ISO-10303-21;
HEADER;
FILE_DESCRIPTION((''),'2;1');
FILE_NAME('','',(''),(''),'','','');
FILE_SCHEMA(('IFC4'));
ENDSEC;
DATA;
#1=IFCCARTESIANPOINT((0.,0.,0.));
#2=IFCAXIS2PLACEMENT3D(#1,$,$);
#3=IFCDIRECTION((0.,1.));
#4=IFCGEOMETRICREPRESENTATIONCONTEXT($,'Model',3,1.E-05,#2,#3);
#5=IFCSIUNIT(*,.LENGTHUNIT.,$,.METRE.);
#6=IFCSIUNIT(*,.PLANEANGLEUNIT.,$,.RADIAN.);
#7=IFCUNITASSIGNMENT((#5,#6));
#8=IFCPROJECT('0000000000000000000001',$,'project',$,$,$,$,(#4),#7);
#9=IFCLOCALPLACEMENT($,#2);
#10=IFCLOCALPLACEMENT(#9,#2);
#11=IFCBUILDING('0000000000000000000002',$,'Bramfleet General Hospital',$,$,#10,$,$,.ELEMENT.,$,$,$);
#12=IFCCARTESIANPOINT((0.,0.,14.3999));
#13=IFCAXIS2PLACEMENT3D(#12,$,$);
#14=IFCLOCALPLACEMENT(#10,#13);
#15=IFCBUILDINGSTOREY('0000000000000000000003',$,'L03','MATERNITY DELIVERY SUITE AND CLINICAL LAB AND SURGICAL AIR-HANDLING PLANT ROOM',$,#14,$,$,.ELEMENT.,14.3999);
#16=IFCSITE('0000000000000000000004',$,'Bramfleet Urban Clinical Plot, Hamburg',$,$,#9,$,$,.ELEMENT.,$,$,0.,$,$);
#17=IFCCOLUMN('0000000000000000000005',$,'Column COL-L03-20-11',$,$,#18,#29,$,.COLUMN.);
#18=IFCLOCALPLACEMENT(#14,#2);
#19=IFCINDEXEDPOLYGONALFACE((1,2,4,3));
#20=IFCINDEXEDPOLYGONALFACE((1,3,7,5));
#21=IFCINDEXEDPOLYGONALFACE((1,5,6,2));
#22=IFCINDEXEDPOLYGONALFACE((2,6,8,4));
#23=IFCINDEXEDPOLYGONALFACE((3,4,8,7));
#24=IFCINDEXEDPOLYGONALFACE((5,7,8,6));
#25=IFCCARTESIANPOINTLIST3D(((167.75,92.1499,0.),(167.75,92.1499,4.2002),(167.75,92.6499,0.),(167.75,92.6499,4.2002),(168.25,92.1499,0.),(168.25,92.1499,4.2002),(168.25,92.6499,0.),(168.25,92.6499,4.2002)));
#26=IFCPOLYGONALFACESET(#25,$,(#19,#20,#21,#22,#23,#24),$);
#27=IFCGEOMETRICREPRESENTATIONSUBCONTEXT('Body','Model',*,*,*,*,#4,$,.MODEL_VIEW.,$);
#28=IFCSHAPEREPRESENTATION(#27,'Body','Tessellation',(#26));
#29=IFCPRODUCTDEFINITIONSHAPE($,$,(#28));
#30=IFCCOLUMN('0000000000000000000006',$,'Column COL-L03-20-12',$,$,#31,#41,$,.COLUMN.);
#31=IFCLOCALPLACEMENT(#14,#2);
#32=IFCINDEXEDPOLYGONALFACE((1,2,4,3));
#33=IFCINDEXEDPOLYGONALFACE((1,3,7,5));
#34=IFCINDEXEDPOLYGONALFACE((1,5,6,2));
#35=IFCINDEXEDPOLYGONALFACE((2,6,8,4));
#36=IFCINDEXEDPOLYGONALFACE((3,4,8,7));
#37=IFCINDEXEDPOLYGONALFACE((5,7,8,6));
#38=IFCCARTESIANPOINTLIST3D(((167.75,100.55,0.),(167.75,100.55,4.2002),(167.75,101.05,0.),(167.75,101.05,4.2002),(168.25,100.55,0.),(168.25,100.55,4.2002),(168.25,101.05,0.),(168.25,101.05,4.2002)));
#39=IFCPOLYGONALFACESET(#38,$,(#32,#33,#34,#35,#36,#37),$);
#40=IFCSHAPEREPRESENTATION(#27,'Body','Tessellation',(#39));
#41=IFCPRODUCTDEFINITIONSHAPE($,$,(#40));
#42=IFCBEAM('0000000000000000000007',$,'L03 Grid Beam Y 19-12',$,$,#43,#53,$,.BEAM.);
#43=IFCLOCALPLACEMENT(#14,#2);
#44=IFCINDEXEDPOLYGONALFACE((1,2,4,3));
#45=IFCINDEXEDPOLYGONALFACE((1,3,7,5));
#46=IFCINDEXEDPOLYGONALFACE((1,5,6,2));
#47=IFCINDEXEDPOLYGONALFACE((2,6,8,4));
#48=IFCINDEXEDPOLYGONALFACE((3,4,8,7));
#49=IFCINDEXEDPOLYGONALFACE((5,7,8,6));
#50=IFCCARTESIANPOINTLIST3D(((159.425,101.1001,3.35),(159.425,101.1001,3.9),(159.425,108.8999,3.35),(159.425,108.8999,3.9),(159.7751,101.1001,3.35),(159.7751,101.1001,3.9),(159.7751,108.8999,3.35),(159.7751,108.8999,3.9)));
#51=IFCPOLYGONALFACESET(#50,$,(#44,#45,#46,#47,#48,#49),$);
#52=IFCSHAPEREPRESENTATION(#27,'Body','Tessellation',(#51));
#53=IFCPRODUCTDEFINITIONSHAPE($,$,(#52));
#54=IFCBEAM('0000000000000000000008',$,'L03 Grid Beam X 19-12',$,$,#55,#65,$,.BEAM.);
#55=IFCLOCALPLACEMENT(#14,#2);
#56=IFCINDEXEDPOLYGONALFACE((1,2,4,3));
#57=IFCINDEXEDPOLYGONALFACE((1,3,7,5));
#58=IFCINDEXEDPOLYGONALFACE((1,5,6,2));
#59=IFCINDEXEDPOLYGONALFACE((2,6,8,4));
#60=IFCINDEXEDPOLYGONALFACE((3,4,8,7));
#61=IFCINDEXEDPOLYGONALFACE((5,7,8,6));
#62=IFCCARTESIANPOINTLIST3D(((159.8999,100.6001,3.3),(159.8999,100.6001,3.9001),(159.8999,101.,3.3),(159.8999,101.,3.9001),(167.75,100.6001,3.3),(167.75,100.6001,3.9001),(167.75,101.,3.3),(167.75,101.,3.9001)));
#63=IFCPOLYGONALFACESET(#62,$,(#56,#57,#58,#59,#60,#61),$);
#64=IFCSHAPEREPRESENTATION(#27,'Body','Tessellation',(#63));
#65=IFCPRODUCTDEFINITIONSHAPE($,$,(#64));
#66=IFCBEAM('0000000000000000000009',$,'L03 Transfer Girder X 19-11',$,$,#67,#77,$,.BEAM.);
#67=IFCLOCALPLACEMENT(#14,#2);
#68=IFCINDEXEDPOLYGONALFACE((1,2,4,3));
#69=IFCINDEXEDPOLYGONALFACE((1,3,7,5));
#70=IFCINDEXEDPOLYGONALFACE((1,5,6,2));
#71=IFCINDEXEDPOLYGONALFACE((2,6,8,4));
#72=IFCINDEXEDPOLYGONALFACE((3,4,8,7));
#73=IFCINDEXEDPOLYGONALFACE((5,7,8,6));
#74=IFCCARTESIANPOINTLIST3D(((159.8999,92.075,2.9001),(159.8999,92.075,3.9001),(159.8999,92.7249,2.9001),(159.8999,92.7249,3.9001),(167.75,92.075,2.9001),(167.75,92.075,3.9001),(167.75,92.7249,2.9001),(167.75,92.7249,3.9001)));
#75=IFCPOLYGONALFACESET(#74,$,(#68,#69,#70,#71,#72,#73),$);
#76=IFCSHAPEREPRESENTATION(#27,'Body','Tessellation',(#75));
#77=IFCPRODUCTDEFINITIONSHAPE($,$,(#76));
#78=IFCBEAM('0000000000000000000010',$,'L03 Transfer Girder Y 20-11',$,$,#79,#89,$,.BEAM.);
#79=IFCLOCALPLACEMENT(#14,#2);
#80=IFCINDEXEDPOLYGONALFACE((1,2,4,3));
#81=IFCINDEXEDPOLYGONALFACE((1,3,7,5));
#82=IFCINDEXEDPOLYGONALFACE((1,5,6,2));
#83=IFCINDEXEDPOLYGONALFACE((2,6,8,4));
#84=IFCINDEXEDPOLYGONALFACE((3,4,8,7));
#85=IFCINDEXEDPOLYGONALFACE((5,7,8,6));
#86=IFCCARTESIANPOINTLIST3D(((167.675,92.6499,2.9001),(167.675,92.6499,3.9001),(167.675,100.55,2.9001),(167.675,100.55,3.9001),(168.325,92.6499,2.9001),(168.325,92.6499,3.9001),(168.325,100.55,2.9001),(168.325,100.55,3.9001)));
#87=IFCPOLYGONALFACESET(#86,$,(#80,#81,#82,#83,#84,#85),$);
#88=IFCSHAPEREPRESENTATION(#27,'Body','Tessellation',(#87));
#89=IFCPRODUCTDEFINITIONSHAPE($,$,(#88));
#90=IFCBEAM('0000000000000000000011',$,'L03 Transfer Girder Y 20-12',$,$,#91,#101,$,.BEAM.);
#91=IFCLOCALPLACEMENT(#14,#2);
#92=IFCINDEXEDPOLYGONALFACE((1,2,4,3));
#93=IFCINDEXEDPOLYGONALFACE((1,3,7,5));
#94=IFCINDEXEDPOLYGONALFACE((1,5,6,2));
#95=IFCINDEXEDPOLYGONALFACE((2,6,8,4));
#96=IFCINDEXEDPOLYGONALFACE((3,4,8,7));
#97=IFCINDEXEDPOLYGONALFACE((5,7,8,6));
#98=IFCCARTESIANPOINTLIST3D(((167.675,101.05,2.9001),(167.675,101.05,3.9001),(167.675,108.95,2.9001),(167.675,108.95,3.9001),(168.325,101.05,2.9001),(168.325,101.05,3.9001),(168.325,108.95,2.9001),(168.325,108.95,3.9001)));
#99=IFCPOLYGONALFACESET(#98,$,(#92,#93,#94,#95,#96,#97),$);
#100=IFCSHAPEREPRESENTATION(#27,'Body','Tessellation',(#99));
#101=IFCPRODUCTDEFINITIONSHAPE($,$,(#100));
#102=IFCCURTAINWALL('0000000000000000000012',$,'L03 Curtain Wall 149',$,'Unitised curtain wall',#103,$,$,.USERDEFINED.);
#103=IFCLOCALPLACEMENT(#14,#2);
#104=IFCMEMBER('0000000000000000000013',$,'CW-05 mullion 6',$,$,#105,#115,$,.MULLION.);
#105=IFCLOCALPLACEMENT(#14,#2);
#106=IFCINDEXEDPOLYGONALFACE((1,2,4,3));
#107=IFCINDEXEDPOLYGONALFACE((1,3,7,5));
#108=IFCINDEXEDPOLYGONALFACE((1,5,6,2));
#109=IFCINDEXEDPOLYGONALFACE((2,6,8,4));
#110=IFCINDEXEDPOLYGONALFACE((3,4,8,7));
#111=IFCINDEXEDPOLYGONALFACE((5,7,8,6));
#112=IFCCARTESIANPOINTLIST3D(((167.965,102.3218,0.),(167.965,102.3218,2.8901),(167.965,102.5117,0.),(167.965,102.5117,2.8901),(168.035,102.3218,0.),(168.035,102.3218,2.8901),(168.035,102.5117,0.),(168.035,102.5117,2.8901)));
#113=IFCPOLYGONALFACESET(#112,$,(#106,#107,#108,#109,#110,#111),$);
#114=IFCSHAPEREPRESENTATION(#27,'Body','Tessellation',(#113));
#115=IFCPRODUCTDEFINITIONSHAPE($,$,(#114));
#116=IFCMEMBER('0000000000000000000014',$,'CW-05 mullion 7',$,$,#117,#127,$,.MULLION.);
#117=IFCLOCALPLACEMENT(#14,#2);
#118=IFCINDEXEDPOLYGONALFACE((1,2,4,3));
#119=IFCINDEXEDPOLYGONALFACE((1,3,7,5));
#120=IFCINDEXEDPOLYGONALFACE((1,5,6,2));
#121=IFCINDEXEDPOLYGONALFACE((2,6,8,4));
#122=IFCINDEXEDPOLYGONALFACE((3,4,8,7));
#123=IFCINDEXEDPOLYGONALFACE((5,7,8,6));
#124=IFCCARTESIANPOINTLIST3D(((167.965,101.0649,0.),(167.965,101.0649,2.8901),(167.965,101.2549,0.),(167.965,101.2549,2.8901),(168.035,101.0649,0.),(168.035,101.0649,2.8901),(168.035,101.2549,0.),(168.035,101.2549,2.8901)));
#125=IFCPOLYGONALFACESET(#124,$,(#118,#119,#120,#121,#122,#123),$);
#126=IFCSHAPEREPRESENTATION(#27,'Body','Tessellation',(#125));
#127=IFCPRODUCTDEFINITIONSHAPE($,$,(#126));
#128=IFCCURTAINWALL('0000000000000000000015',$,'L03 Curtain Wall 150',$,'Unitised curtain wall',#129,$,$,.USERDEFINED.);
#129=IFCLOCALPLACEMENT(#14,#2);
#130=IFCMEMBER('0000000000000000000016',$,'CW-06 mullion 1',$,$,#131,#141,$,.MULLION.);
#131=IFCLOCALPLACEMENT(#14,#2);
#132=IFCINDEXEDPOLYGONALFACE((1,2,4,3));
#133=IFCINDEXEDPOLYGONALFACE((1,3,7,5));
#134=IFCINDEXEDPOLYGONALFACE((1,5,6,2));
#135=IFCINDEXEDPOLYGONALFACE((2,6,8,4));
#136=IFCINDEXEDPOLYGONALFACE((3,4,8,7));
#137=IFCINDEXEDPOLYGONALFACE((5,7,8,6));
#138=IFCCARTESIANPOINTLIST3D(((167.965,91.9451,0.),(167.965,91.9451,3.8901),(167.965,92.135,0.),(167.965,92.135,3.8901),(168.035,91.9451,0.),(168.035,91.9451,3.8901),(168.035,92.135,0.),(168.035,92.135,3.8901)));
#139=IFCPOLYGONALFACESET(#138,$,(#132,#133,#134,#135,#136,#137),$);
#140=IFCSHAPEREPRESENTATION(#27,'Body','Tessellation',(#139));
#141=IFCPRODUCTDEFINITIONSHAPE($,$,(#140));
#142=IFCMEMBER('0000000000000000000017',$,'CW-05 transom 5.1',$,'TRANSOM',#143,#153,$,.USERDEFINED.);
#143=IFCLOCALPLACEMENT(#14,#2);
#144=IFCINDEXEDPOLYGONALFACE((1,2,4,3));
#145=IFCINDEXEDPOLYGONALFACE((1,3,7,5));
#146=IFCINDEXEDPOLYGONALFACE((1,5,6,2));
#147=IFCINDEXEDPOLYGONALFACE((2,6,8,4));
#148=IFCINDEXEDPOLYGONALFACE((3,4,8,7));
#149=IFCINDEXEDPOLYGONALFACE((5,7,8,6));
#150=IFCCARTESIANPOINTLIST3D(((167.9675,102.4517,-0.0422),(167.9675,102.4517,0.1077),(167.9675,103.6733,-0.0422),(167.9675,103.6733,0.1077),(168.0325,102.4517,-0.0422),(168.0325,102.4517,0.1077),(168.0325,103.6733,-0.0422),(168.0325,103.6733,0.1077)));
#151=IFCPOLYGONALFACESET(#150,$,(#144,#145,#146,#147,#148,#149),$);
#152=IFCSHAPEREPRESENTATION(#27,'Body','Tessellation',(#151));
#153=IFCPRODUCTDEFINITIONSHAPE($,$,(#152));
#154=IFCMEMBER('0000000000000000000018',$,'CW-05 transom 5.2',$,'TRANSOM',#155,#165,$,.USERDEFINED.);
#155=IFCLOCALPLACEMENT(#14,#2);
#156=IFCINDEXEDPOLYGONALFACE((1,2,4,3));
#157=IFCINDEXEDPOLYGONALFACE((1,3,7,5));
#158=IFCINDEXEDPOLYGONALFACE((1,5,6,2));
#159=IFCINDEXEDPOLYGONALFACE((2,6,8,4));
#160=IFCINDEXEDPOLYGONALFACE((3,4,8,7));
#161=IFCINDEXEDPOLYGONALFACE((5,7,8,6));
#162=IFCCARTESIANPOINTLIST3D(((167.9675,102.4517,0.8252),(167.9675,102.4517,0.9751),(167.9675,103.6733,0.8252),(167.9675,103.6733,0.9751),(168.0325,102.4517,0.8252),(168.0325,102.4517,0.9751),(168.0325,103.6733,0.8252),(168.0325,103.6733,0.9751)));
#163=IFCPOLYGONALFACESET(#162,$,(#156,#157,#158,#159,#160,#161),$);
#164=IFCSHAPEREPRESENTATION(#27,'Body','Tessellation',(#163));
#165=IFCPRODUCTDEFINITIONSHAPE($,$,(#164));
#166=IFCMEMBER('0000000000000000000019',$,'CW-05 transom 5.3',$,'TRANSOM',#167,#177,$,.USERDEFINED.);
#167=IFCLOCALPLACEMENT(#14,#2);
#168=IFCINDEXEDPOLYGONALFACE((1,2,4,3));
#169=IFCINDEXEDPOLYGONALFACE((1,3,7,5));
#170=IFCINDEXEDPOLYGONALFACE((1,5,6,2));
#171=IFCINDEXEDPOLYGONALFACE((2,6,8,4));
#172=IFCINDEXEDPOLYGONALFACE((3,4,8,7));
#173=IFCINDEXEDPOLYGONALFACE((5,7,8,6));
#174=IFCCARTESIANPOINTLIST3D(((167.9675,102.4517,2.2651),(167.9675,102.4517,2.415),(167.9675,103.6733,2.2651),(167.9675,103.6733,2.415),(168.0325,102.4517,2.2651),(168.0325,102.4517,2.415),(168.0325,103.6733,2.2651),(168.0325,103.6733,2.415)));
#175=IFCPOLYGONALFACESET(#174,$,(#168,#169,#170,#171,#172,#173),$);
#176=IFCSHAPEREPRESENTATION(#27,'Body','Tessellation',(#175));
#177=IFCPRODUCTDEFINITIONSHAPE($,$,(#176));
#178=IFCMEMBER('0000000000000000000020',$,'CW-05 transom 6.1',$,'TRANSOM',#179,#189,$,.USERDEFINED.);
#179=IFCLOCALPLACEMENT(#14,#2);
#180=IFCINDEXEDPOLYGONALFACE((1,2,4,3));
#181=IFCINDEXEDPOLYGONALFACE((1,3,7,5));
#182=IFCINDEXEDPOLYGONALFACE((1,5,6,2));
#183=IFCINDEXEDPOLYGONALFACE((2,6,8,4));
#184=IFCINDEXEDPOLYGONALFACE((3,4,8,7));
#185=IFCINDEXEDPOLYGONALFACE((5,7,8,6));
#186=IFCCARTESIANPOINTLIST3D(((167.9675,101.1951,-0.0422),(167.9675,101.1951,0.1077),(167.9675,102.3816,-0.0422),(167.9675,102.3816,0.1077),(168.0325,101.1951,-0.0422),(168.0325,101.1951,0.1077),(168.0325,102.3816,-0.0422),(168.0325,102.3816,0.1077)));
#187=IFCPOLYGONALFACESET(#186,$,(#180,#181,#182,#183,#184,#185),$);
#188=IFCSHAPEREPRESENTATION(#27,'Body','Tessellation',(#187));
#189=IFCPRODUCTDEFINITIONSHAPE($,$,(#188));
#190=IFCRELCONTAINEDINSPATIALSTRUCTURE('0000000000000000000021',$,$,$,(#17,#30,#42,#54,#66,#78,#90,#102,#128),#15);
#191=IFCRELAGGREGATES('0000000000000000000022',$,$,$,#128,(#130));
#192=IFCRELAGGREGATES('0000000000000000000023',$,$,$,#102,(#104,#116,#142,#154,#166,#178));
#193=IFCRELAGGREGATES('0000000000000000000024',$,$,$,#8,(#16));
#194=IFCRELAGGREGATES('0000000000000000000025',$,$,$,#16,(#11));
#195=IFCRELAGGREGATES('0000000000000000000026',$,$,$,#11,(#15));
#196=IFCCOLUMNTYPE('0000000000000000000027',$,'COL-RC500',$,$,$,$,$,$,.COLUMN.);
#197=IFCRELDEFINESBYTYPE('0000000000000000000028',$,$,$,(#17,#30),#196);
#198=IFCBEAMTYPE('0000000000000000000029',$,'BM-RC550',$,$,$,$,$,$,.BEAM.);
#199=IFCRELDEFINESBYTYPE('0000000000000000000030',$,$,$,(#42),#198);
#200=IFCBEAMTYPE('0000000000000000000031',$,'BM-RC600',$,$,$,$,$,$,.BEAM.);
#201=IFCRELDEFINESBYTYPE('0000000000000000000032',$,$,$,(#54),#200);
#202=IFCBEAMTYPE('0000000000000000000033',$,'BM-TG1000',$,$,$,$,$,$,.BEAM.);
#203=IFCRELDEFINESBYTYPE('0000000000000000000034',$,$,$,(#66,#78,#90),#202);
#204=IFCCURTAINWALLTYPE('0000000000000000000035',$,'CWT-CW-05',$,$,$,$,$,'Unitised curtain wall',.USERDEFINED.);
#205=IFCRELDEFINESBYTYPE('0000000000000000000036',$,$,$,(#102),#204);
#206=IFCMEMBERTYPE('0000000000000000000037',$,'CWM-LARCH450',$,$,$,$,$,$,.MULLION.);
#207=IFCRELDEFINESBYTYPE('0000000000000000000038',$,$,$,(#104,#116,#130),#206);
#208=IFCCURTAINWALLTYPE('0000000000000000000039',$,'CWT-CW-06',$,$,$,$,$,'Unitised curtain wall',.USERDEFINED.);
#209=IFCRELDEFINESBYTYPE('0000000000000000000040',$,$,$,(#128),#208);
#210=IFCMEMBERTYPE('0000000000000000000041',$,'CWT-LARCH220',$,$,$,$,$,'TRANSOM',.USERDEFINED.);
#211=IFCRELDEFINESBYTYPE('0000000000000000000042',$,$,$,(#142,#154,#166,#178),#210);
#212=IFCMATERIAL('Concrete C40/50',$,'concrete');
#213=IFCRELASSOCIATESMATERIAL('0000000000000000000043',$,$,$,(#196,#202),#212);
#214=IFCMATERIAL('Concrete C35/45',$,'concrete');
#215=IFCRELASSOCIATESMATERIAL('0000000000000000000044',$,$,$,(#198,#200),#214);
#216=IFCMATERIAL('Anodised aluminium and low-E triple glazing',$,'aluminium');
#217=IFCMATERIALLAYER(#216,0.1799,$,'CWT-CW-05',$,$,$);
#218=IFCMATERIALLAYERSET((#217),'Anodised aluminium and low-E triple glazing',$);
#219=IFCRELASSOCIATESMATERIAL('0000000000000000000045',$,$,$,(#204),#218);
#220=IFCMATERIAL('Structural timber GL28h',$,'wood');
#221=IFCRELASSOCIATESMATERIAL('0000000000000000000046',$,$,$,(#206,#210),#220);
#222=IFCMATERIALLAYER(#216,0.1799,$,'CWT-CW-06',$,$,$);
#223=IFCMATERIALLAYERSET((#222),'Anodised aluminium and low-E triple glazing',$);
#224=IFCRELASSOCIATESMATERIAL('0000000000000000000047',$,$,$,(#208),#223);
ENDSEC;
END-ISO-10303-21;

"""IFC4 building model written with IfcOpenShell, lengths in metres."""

from ifc_helpers import new_model, si_unit, direction, frame, origin, origin_2d, place, context, subcontext, project, spatial, rectangle, extrude, material, layer, layer_set, material_profile, profile_set, type_object, element, aggregate, save


model = new_model("IFC4")

# Units and contexts
model_context = context("Model", 3, precision=1e-05, world=origin(), true_north=direction((0.0, 1.0)))
body_context = subcontext(model_context, "Body", "Model", "MODEL_VIEW")
ifc_project = project(units=[si_unit("LENGTHUNIT", "METRE"), si_unit("PLANEANGLEUNIT", "RADIAN")], contexts=[model_context])

# Site, building, storey
site_placement = place(None, origin())
site = spatial("IfcSite", under=ifc_project, at=site_placement, Name="Bramfleet Urban Clinical Plot, Hamburg", CompositionType="ELEMENT", RefElevation=0.0)
building_placement = place(site_placement, origin())
building = spatial("IfcBuilding", under=site, at=building_placement, Name="Bramfleet General Hospital", CompositionType="ELEMENT")
storey_placement = place(building_placement, frame((0.0, 0.0, 14.3999)))
storey = spatial("IfcBuildingStorey", under=building, at=storey_placement, Name="L03", Description="MATERNITY DELIVERY SUITE AND CLINICAL LAB AND SURGICAL AIR-HANDLING PLANT ROOM", CompositionType="ELEMENT", Elevation=14.3999)

# Columns
ifc_material_1 = material(Name="Concrete C40/50", Category="concrete")
ifc_material_profile_1 = material_profile(ifc_material_1, rectangle(XDim=0.5, YDim=0.5, at=origin_2d()), Name="RC COL 500x500")
ifc_profile_set_1 = profile_set([ifc_material_profile_1], Name="Concrete C40/50")
column_type = type_object("IfcColumnType", Name="COL-RC500", PredefinedType="COLUMN", material=ifc_profile_set_1)
for number, where, z_axis, x_axis, name in (
    (1, (168.0, 92.3999, 0.0), (0.0, 0.0, 1.0), (1.0, 0.0, 0.0), "Column COL-L03-20-11"),
    (2, (168.0, 100.8, 0.0), (0.0, 0.0, 1.0), (1.0, 0.0, 0.0), "Column COL-L03-20-12"),
):
    element("IfcColumn", number, at=place(storey_placement, frame(where, z_axis=z_axis, x_axis=x_axis)), inside=storey, type_object=column_type, Name=name, PredefinedType="COLUMN", context=body_context, shape_type="SweptSolid", body=[
        extrude(rectangle(XDim=0.5, YDim=0.5, at=origin_2d()), origin(), (0.0, 0.0, 1.0), 4.2002),
    ])

# Beams
ifc_material_2 = material(Name="Concrete C35/45", Category="concrete")
ifc_material_profile_2 = material_profile(ifc_material_2, rectangle(XDim=0.3501, YDim=0.55, at=origin_2d()), Name="RC BM 550x350")
ifc_profile_set_2 = profile_set([ifc_material_profile_2], Name="Concrete C35/45")
beam_type_1 = type_object("IfcBeamType", Name="BM-RC550", PredefinedType="BEAM", material=ifc_profile_set_2)
beam_1_placement = place(storey_placement, frame((159.6001, 101.1001, 3.625), z_axis=(0.0, 1.0, 0.0), x_axis=(-1.0, 0.0, 0.0)))
element("IfcBeam", 3, at=beam_1_placement, inside=storey, type_object=beam_type_1, Name="L03 Grid Beam Y 19-12", PredefinedType="BEAM", context=body_context, shape_type="SweptSolid", body=[
    extrude(rectangle(XDim=0.3501, YDim=0.55, at=origin_2d()), origin(), (0.0, 0.0, 1.0), 7.7998),
])
ifc_material_profile_3 = material_profile(ifc_material_2, rectangle(XDim=0.3999, YDim=0.6001, at=origin_2d()), Name="RC BM 600x400")
ifc_profile_set_3 = profile_set([ifc_material_profile_3], Name="Concrete C35/45")
beam_type_2 = type_object("IfcBeamType", Name="BM-RC600", PredefinedType="BEAM", material=ifc_profile_set_3)
beam_2_placement = place(storey_placement, frame((159.8999, 100.8, 3.6001), z_axis=(1.0, 0.0, 0.0), x_axis=(0.0, 1.0, 0.0)))
element("IfcBeam", 4, at=beam_2_placement, inside=storey, type_object=beam_type_2, Name="L03 Grid Beam X 19-12", PredefinedType="BEAM", context=body_context, shape_type="SweptSolid", body=[
    extrude(rectangle(XDim=0.3999, YDim=0.6001, at=origin_2d()), origin(), (0.0, 0.0, 1.0), 7.8501),
])
ifc_material_profile_4 = material_profile(ifc_material_1, rectangle(XDim=0.6499, YDim=1.0, at=origin_2d()), Name="RC TG 1000x650")
ifc_profile_set_4 = profile_set([ifc_material_profile_4], Name="Concrete C40/50")
beam_type_3 = type_object("IfcBeamType", Name="BM-TG1000", PredefinedType="BEAM", material=ifc_profile_set_4)
beam_3_placement = place(storey_placement, frame((159.8999, 92.3999, 3.4001), z_axis=(1.0, 0.0, 0.0), x_axis=(0.0, 1.0, 0.0)))
element("IfcBeam", 5, at=beam_3_placement, inside=storey, type_object=beam_type_3, Name="L03 Transfer Girder X 19-11", PredefinedType="BEAM", context=body_context, shape_type="SweptSolid", body=[
    extrude(rectangle(XDim=0.6499, YDim=1.0, at=origin_2d()), origin(), (0.0, 0.0, 1.0), 7.8501),
])
beam_4_placement = place(storey_placement, frame((168.0, 92.6499, 3.4001), z_axis=(0.0, 1.0, 0.0), x_axis=(-1.0, 0.0, 0.0)))
element("IfcBeam", 6, at=beam_4_placement, inside=storey, type_object=beam_type_3, Name="L03 Transfer Girder Y 20-11", PredefinedType="BEAM", context=body_context, shape_type="SweptSolid", body=[
    extrude(rectangle(XDim=0.6499, YDim=1.0, at=origin_2d()), origin(), (0.0, 0.0, 1.0), 7.9001),
])
beam_5_placement = place(storey_placement, frame((168.0, 101.05, 3.4001), z_axis=(0.0, 1.0, 0.0), x_axis=(-1.0, 0.0, 0.0)))
element("IfcBeam", 7, at=beam_5_placement, inside=storey, type_object=beam_type_3, Name="L03 Transfer Girder Y 20-12", PredefinedType="BEAM", context=body_context, shape_type="SweptSolid", body=[
    extrude(rectangle(XDim=0.6499, YDim=1.0, at=origin_2d()), origin(), (0.0, 0.0, 1.0), 7.8999),
])

# Curtain wall, members
ifc_material_3 = material(Name="Anodised aluminium and low-E triple glazing", Category="aluminium")
ifc_layer_1 = layer(ifc_material_3, 0.1799, Name="CWT-CW-05")
ifc_layer_set_1 = layer_set([ifc_layer_1], Name="Anodised aluminium and low-E triple glazing")
curtain_wall_type_1 = type_object("IfcCurtainWallType", Name="CWT-CW-05", ElementType="Unitised curtain wall", PredefinedType="USERDEFINED", material=ifc_layer_set_1)
curtain_wall_1_placement = place(storey_placement, origin())
curtain_wall_1 = element("IfcCurtainWall", 8, at=curtain_wall_1_placement, inside=storey, type_object=curtain_wall_type_1, Name="L03 Curtain Wall 149", ObjectType="Unitised curtain wall", PredefinedType="USERDEFINED")
ifc_material_4 = material(Name="Structural timber GL28h", Category="wood")
ifc_material_profile_5 = material_profile(ifc_material_4, rectangle(XDim=0.0701, YDim=0.1899, at=origin_2d()), Name="LARCH 190x70")
ifc_profile_set_5 = profile_set([ifc_material_profile_5], Name="Structural timber GL28h")
member_type_1 = type_object("IfcMemberType", Name="CWM-LARCH450", PredefinedType="MULLION", material=ifc_profile_set_5)
member_1_placement = place(storey_placement, frame((168.0, 102.4167, 0.0), z_axis=(0.0, 0.0, 1.0), x_axis=(1.0, 0.0, 0.0)))
member_1 = element("IfcMember", 9, at=member_1_placement, type_object=member_type_1, Name="CW-05 mullion 6", PredefinedType="MULLION", context=body_context, shape_type="SweptSolid", body=[
    extrude(rectangle(XDim=0.0701, YDim=0.1899, at=origin_2d()), origin(), (0.0, 0.0, 1.0), 2.8901),
])
member_2_placement = place(storey_placement, frame((168.0, 101.1599, 0.0), z_axis=(0.0, 0.0, 1.0), x_axis=(1.0, 0.0, 0.0)))
member_2 = element("IfcMember", 10, at=member_2_placement, type_object=member_type_1, Name="CW-05 mullion 7", PredefinedType="MULLION", context=body_context, shape_type="SweptSolid", body=[
    extrude(rectangle(XDim=0.0701, YDim=0.1899, at=origin_2d()), origin(), (0.0, 0.0, 1.0), 2.8901),
])

# Curtain wall, member
ifc_layer_2 = layer(ifc_material_3, 0.1799, Name="CWT-CW-06")
ifc_layer_set_2 = layer_set([ifc_layer_2], Name="Anodised aluminium and low-E triple glazing")
curtain_wall_type_2 = type_object("IfcCurtainWallType", Name="CWT-CW-06", ElementType="Unitised curtain wall", PredefinedType="USERDEFINED", material=ifc_layer_set_2)
curtain_wall_2_placement = place(storey_placement, origin())
curtain_wall_2 = element("IfcCurtainWall", 11, at=curtain_wall_2_placement, inside=storey, type_object=curtain_wall_type_2, Name="L03 Curtain Wall 150", ObjectType="Unitised curtain wall", PredefinedType="USERDEFINED")
member_3_placement = place(storey_placement, frame((168.0, 92.04, 0.0), z_axis=(0.0, 0.0, 1.0), x_axis=(1.0, 0.0, 0.0)))
member_3 = element("IfcMember", 12, at=member_3_placement, type_object=member_type_1, Name="CW-06 mullion 1", PredefinedType="MULLION", context=body_context, shape_type="SweptSolid", body=[
    extrude(rectangle(XDim=0.0701, YDim=0.1899, at=origin_2d()), origin(), (0.0, 0.0, 1.0), 3.8901),
])

# Members
ifc_material_profile_6 = material_profile(ifc_material_4, rectangle(XDim=0.0649, YDim=0.1499, at=origin_2d()), Name="LARCH 150x65")
ifc_profile_set_6 = profile_set([ifc_material_profile_6], Name="Structural timber GL28h")
member_type_2 = type_object("IfcMemberType", Name="CWT-LARCH220", ElementType="TRANSOM", PredefinedType="USERDEFINED", material=ifc_profile_set_6)
member_4_placement = place(storey_placement, frame((168.0, 103.6733, 0.0327), z_axis=(0.0, -1.0, 0.0), x_axis=(1.0, 0.0, 0.0)))
member_4 = element("IfcMember", 13, at=member_4_placement, type_object=member_type_2, Name="CW-05 transom 5.1", ObjectType="TRANSOM", PredefinedType="USERDEFINED", context=body_context, shape_type="SweptSolid", body=[
    extrude(rectangle(XDim=0.0649, YDim=0.1499, at=origin_2d()), origin(), (0.0, 0.0, 1.0), 1.2217),
])
member_5_placement = place(storey_placement, frame((168.0, 103.6733, 0.9001), z_axis=(0.0, -1.0, 0.0), x_axis=(1.0, 0.0, 0.0)))
member_5 = element("IfcMember", 14, at=member_5_placement, type_object=member_type_2, Name="CW-05 transom 5.2", ObjectType="TRANSOM", PredefinedType="USERDEFINED", context=body_context, shape_type="SweptSolid", body=[
    extrude(rectangle(XDim=0.0649, YDim=0.1499, at=origin_2d()), origin(), (0.0, 0.0, 1.0), 1.2217),
])
member_6_placement = place(storey_placement, frame((168.0, 103.6733, 2.3401), z_axis=(0.0, -1.0, 0.0), x_axis=(1.0, 0.0, 0.0)))
member_6 = element("IfcMember", 15, at=member_6_placement, type_object=member_type_2, Name="CW-05 transom 5.3", ObjectType="TRANSOM", PredefinedType="USERDEFINED", context=body_context, shape_type="SweptSolid", body=[
    extrude(rectangle(XDim=0.0649, YDim=0.1499, at=origin_2d()), origin(), (0.0, 0.0, 1.0), 1.2217),
])
member_7_placement = place(storey_placement, frame((168.0, 102.3816, 0.0327), z_axis=(0.0, -1.0, 0.0), x_axis=(1.0, 0.0, 0.0)))
member_7 = element("IfcMember", 16, at=member_7_placement, type_object=member_type_2, Name="CW-05 transom 6.1", ObjectType="TRANSOM", PredefinedType="USERDEFINED", context=body_context, shape_type="SweptSolid", body=[
    extrude(rectangle(XDim=0.0649, YDim=0.1499, at=origin_2d()), origin(), (0.0, 0.0, 1.0), 1.1865),
])
aggregate(curtain_wall_2, [member_3])

aggregate(curtain_wall_1, [member_1, member_2, member_4, member_5, member_6, member_7])

save(model, "model.ifc")
